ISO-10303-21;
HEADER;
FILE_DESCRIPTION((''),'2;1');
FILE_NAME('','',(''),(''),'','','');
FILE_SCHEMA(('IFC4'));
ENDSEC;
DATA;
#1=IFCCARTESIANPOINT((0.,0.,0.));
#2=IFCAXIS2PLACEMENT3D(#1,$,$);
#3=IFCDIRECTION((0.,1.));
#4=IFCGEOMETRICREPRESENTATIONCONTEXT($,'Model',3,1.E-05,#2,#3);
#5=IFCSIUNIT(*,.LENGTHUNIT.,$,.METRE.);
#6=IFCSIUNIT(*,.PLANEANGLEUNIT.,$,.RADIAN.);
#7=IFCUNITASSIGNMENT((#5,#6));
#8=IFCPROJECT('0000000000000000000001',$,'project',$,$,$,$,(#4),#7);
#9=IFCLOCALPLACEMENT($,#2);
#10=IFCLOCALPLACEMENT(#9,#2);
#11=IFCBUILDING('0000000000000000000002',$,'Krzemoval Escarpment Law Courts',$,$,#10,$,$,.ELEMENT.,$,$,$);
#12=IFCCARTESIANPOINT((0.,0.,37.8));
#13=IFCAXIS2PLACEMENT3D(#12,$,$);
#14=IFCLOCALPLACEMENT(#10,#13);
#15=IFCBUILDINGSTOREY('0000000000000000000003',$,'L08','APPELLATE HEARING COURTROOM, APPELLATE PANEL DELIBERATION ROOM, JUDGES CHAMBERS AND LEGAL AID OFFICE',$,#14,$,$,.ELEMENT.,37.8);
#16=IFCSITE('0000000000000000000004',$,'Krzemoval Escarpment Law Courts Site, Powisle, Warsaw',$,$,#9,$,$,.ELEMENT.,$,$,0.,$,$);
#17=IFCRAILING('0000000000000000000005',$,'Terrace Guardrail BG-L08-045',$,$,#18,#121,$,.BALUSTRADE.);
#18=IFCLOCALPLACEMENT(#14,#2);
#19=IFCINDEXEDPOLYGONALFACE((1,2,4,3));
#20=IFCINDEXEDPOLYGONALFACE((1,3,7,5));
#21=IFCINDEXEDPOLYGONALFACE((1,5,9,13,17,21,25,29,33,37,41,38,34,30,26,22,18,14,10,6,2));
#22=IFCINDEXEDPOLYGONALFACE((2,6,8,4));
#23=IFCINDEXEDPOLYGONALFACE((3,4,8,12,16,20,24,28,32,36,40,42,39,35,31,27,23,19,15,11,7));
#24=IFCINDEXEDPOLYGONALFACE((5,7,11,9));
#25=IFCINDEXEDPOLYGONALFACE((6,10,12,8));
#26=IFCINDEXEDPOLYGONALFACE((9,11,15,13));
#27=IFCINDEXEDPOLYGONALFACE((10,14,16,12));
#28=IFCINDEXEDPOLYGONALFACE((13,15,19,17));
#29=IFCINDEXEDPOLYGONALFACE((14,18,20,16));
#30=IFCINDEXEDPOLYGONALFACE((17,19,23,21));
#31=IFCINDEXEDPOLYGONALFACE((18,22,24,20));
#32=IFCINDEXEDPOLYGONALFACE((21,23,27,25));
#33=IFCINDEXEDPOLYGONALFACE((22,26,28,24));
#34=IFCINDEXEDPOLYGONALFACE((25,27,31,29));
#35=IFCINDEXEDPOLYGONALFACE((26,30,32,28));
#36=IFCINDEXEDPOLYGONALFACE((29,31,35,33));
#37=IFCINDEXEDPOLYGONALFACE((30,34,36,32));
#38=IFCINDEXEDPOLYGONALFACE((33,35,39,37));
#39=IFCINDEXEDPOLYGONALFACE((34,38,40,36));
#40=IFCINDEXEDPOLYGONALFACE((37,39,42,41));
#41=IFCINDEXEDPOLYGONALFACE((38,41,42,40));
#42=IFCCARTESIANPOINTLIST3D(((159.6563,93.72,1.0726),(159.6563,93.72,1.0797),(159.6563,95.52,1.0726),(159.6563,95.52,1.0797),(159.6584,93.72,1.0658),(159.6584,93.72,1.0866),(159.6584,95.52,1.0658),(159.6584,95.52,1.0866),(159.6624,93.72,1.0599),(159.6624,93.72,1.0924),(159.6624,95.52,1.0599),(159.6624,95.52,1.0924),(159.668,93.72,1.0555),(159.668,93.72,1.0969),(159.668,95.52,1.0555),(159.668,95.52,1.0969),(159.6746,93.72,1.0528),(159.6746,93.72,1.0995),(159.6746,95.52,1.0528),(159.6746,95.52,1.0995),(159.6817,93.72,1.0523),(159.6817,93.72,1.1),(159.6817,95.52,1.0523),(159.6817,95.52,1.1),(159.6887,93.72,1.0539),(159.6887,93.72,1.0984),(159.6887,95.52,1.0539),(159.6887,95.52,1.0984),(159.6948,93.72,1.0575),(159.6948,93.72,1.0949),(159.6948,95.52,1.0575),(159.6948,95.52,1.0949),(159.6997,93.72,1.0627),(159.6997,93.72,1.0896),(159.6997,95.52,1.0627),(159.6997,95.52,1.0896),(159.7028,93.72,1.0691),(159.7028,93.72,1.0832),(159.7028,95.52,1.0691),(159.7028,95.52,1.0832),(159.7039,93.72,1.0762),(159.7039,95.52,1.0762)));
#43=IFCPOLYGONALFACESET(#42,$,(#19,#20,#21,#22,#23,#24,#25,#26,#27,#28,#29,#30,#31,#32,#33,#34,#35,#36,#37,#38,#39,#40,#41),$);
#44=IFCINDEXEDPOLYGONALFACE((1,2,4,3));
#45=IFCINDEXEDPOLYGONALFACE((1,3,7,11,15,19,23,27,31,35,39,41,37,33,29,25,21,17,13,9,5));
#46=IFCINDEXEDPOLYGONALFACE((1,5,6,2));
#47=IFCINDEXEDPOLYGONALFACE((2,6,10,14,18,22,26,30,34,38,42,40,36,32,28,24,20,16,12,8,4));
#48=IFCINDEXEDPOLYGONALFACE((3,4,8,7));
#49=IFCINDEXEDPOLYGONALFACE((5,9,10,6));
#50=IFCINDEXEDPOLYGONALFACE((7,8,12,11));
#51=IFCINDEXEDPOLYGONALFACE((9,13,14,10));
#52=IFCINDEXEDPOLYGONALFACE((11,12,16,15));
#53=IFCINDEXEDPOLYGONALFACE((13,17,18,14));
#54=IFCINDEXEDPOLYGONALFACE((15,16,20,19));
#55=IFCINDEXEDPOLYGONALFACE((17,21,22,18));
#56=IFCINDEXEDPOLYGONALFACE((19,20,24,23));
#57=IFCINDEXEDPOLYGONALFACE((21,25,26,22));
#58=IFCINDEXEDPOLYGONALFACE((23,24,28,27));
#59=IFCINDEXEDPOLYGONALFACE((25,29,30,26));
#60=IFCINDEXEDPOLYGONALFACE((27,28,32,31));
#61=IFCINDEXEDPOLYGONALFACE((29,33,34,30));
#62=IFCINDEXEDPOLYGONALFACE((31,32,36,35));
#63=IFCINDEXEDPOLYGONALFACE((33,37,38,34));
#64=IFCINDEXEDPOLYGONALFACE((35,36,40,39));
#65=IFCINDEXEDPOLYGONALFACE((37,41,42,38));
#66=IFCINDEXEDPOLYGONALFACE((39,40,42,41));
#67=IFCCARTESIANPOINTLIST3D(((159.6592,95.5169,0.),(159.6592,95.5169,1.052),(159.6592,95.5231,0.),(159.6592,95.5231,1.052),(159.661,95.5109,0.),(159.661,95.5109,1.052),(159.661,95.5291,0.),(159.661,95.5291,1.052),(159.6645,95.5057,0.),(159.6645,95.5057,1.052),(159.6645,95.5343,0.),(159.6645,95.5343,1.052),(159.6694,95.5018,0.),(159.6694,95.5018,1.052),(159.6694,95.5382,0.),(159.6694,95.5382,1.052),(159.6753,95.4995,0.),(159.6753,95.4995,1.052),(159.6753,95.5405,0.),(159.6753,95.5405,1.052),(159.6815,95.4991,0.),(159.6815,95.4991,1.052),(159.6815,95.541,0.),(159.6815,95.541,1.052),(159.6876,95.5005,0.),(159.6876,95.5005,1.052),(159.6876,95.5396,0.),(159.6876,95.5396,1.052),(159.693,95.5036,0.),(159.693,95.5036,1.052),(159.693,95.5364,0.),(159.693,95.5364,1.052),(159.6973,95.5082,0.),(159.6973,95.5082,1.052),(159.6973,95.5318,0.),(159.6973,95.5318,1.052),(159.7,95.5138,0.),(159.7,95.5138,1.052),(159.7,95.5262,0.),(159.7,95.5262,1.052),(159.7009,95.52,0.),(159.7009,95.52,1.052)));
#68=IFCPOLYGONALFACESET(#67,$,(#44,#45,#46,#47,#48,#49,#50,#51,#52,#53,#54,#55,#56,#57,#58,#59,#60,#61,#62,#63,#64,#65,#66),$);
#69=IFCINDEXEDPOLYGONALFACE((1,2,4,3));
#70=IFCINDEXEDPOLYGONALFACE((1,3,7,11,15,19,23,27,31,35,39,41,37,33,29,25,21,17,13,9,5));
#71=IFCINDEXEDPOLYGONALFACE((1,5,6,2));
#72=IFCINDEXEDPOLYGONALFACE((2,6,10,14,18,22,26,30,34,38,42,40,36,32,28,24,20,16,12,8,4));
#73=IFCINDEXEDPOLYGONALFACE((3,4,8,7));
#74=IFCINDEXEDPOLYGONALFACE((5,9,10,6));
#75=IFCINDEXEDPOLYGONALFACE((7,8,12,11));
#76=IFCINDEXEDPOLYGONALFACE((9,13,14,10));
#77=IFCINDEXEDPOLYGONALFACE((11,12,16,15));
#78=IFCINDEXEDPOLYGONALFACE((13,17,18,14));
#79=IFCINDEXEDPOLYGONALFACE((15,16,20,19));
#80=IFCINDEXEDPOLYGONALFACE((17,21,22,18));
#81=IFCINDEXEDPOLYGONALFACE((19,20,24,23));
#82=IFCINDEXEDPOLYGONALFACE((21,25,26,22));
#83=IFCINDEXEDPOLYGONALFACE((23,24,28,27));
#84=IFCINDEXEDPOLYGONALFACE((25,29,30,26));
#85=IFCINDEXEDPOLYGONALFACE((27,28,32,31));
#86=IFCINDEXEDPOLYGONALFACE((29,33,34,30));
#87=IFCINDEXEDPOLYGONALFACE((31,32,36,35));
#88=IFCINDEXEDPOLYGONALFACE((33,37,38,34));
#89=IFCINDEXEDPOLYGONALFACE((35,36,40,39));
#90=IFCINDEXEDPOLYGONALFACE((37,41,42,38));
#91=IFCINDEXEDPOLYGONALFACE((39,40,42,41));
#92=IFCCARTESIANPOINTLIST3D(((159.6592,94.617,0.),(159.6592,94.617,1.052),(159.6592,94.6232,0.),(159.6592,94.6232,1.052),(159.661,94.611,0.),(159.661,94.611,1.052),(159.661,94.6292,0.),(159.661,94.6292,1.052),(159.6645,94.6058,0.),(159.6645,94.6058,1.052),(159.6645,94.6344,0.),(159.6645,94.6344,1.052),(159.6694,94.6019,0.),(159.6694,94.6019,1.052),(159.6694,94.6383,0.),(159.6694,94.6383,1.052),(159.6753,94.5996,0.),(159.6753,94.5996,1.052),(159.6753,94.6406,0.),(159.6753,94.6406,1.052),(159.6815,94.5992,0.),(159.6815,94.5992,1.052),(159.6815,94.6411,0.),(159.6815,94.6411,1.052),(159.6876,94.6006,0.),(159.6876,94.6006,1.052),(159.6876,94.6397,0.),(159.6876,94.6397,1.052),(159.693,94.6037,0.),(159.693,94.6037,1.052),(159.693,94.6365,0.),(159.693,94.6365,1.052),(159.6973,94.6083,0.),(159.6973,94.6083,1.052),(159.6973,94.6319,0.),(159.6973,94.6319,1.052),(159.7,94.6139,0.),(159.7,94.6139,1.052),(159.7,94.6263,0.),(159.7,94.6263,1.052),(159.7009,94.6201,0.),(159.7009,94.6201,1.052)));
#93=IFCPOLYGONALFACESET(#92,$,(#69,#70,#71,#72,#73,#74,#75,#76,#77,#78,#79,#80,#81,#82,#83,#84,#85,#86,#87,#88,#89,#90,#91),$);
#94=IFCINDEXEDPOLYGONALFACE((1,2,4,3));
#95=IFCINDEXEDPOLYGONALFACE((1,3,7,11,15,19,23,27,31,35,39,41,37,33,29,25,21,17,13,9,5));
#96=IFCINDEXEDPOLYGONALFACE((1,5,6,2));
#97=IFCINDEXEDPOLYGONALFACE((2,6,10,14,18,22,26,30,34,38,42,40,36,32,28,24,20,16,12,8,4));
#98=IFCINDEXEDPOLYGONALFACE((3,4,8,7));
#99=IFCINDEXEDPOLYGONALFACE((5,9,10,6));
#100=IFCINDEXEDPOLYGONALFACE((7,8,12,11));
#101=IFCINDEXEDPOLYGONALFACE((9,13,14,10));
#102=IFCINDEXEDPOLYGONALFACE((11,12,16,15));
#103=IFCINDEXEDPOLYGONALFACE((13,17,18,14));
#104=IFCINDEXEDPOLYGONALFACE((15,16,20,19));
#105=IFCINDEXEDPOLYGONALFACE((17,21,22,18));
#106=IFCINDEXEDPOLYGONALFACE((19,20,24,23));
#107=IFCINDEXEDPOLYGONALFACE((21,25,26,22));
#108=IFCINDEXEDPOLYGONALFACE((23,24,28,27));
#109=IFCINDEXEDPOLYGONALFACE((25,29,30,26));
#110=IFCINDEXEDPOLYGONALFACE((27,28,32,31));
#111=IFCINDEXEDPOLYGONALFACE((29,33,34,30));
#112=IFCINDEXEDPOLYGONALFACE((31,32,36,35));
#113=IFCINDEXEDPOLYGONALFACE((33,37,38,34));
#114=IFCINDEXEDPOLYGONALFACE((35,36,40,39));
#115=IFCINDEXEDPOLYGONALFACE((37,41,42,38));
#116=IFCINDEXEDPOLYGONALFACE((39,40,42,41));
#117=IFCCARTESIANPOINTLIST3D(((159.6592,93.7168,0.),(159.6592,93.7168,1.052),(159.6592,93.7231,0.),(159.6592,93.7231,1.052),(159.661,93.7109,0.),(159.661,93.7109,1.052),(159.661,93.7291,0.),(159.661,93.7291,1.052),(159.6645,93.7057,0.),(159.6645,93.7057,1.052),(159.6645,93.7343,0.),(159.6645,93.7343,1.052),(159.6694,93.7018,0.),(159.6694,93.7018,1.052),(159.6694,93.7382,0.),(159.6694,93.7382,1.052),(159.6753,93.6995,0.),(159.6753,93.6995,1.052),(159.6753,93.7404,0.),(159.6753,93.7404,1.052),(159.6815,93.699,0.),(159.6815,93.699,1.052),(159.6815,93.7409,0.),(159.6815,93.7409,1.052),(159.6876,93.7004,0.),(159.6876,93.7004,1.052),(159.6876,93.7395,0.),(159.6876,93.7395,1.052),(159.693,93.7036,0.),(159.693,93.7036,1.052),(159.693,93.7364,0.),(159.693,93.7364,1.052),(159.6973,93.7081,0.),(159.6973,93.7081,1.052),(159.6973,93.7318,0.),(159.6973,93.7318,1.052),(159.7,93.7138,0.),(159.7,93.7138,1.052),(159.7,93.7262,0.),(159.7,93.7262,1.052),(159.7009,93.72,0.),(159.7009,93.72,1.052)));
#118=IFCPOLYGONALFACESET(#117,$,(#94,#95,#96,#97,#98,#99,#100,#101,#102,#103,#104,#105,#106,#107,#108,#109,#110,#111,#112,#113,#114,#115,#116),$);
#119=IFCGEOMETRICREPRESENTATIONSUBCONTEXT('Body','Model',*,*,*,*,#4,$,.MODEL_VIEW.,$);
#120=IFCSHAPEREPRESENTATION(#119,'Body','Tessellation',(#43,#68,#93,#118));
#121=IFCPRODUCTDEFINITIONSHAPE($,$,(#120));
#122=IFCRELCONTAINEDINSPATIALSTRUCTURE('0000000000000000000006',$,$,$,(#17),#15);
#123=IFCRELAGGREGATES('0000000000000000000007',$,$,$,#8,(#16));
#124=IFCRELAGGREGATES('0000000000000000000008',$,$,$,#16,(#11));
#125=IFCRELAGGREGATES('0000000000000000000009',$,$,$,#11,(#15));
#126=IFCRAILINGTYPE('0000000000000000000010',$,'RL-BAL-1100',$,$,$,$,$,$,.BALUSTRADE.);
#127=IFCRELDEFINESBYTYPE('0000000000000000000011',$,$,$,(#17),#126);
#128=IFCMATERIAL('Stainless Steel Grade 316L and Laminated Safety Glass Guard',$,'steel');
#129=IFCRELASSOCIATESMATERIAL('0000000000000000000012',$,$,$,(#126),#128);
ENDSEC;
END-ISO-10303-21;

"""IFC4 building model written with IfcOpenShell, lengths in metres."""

from ifc_helpers import new_model, si_unit, direction, frame, origin, origin_2d, place, context, subcontext, project, spatial, circle, extrude, material, type_object, element, save


model = new_model("IFC4")

# Units and contexts
model_context = context("Model", 3, precision=1e-05, world=origin(), true_north=direction((0.0, 1.0)))
body_context = subcontext(model_context, "Body", "Model", "MODEL_VIEW")
ifc_project = project(units=[si_unit("LENGTHUNIT", "METRE"), si_unit("PLANEANGLEUNIT", "RADIAN")], contexts=[model_context])

# Site, building, storey
site_placement = place(None, origin())
site = spatial("IfcSite", under=ifc_project, at=site_placement, Name="Krzemoval Escarpment Law Courts Site, Powisle, Warsaw", CompositionType="ELEMENT", RefElevation=0.0)
building_placement = place(site_placement, origin())
building = spatial("IfcBuilding", under=site, at=building_placement, Name="Krzemoval Escarpment Law Courts", CompositionType="ELEMENT")
storey_placement = place(building_placement, frame((0.0, 0.0, 37.8)))
storey = spatial("IfcBuildingStorey", under=building, at=storey_placement, Name="L08", Description="APPELLATE HEARING COURTROOM, APPELLATE PANEL DELIBERATION ROOM, JUDGES CHAMBERS AND LEGAL AID OFFICE", CompositionType="ELEMENT", Elevation=37.8)

# Railing
ifc_material_1 = material(Name="Stainless Steel Grade 316L and Laminated Safety Glass Guard", Category="steel")
railing_type = type_object("IfcRailingType", Name="RL-BAL-1100", PredefinedType="BALUSTRADE", material=ifc_material_1)
railing_1_placement = place(storey_placement, frame((159.6799, 95.52, 0.0)))
element("IfcRailing", 1, at=railing_1_placement, inside=storey, type_object=railing_type, Name="Terrace Guardrail BG-L08-045", PredefinedType="BALUSTRADE", context=body_context, shape_type="SweptSolid", body=[
    extrude(circle(Radius=0.0239, at=origin_2d()), frame((0.0, 0.0, 1.0762), z_axis=(0.0, -1.0, 0.0), x_axis=(1.0, 0.0, 0.0)), (0.0, 0.0, 1.0), 1.8),
    extrude(circle(Radius=0.021, at=origin_2d()), origin(), (0.0, 0.0, 1.0), 1.052),
    extrude(circle(Radius=0.021, at=origin_2d()), frame((0.0, -0.8999, 0.0)), (0.0, 0.0, 1.0), 1.052),
    extrude(circle(Radius=0.021, at=origin_2d()), frame((0.0, -1.8, 0.0)), (0.0, 0.0, 1.0), 1.052),
])

save(model, "model.ifc")
